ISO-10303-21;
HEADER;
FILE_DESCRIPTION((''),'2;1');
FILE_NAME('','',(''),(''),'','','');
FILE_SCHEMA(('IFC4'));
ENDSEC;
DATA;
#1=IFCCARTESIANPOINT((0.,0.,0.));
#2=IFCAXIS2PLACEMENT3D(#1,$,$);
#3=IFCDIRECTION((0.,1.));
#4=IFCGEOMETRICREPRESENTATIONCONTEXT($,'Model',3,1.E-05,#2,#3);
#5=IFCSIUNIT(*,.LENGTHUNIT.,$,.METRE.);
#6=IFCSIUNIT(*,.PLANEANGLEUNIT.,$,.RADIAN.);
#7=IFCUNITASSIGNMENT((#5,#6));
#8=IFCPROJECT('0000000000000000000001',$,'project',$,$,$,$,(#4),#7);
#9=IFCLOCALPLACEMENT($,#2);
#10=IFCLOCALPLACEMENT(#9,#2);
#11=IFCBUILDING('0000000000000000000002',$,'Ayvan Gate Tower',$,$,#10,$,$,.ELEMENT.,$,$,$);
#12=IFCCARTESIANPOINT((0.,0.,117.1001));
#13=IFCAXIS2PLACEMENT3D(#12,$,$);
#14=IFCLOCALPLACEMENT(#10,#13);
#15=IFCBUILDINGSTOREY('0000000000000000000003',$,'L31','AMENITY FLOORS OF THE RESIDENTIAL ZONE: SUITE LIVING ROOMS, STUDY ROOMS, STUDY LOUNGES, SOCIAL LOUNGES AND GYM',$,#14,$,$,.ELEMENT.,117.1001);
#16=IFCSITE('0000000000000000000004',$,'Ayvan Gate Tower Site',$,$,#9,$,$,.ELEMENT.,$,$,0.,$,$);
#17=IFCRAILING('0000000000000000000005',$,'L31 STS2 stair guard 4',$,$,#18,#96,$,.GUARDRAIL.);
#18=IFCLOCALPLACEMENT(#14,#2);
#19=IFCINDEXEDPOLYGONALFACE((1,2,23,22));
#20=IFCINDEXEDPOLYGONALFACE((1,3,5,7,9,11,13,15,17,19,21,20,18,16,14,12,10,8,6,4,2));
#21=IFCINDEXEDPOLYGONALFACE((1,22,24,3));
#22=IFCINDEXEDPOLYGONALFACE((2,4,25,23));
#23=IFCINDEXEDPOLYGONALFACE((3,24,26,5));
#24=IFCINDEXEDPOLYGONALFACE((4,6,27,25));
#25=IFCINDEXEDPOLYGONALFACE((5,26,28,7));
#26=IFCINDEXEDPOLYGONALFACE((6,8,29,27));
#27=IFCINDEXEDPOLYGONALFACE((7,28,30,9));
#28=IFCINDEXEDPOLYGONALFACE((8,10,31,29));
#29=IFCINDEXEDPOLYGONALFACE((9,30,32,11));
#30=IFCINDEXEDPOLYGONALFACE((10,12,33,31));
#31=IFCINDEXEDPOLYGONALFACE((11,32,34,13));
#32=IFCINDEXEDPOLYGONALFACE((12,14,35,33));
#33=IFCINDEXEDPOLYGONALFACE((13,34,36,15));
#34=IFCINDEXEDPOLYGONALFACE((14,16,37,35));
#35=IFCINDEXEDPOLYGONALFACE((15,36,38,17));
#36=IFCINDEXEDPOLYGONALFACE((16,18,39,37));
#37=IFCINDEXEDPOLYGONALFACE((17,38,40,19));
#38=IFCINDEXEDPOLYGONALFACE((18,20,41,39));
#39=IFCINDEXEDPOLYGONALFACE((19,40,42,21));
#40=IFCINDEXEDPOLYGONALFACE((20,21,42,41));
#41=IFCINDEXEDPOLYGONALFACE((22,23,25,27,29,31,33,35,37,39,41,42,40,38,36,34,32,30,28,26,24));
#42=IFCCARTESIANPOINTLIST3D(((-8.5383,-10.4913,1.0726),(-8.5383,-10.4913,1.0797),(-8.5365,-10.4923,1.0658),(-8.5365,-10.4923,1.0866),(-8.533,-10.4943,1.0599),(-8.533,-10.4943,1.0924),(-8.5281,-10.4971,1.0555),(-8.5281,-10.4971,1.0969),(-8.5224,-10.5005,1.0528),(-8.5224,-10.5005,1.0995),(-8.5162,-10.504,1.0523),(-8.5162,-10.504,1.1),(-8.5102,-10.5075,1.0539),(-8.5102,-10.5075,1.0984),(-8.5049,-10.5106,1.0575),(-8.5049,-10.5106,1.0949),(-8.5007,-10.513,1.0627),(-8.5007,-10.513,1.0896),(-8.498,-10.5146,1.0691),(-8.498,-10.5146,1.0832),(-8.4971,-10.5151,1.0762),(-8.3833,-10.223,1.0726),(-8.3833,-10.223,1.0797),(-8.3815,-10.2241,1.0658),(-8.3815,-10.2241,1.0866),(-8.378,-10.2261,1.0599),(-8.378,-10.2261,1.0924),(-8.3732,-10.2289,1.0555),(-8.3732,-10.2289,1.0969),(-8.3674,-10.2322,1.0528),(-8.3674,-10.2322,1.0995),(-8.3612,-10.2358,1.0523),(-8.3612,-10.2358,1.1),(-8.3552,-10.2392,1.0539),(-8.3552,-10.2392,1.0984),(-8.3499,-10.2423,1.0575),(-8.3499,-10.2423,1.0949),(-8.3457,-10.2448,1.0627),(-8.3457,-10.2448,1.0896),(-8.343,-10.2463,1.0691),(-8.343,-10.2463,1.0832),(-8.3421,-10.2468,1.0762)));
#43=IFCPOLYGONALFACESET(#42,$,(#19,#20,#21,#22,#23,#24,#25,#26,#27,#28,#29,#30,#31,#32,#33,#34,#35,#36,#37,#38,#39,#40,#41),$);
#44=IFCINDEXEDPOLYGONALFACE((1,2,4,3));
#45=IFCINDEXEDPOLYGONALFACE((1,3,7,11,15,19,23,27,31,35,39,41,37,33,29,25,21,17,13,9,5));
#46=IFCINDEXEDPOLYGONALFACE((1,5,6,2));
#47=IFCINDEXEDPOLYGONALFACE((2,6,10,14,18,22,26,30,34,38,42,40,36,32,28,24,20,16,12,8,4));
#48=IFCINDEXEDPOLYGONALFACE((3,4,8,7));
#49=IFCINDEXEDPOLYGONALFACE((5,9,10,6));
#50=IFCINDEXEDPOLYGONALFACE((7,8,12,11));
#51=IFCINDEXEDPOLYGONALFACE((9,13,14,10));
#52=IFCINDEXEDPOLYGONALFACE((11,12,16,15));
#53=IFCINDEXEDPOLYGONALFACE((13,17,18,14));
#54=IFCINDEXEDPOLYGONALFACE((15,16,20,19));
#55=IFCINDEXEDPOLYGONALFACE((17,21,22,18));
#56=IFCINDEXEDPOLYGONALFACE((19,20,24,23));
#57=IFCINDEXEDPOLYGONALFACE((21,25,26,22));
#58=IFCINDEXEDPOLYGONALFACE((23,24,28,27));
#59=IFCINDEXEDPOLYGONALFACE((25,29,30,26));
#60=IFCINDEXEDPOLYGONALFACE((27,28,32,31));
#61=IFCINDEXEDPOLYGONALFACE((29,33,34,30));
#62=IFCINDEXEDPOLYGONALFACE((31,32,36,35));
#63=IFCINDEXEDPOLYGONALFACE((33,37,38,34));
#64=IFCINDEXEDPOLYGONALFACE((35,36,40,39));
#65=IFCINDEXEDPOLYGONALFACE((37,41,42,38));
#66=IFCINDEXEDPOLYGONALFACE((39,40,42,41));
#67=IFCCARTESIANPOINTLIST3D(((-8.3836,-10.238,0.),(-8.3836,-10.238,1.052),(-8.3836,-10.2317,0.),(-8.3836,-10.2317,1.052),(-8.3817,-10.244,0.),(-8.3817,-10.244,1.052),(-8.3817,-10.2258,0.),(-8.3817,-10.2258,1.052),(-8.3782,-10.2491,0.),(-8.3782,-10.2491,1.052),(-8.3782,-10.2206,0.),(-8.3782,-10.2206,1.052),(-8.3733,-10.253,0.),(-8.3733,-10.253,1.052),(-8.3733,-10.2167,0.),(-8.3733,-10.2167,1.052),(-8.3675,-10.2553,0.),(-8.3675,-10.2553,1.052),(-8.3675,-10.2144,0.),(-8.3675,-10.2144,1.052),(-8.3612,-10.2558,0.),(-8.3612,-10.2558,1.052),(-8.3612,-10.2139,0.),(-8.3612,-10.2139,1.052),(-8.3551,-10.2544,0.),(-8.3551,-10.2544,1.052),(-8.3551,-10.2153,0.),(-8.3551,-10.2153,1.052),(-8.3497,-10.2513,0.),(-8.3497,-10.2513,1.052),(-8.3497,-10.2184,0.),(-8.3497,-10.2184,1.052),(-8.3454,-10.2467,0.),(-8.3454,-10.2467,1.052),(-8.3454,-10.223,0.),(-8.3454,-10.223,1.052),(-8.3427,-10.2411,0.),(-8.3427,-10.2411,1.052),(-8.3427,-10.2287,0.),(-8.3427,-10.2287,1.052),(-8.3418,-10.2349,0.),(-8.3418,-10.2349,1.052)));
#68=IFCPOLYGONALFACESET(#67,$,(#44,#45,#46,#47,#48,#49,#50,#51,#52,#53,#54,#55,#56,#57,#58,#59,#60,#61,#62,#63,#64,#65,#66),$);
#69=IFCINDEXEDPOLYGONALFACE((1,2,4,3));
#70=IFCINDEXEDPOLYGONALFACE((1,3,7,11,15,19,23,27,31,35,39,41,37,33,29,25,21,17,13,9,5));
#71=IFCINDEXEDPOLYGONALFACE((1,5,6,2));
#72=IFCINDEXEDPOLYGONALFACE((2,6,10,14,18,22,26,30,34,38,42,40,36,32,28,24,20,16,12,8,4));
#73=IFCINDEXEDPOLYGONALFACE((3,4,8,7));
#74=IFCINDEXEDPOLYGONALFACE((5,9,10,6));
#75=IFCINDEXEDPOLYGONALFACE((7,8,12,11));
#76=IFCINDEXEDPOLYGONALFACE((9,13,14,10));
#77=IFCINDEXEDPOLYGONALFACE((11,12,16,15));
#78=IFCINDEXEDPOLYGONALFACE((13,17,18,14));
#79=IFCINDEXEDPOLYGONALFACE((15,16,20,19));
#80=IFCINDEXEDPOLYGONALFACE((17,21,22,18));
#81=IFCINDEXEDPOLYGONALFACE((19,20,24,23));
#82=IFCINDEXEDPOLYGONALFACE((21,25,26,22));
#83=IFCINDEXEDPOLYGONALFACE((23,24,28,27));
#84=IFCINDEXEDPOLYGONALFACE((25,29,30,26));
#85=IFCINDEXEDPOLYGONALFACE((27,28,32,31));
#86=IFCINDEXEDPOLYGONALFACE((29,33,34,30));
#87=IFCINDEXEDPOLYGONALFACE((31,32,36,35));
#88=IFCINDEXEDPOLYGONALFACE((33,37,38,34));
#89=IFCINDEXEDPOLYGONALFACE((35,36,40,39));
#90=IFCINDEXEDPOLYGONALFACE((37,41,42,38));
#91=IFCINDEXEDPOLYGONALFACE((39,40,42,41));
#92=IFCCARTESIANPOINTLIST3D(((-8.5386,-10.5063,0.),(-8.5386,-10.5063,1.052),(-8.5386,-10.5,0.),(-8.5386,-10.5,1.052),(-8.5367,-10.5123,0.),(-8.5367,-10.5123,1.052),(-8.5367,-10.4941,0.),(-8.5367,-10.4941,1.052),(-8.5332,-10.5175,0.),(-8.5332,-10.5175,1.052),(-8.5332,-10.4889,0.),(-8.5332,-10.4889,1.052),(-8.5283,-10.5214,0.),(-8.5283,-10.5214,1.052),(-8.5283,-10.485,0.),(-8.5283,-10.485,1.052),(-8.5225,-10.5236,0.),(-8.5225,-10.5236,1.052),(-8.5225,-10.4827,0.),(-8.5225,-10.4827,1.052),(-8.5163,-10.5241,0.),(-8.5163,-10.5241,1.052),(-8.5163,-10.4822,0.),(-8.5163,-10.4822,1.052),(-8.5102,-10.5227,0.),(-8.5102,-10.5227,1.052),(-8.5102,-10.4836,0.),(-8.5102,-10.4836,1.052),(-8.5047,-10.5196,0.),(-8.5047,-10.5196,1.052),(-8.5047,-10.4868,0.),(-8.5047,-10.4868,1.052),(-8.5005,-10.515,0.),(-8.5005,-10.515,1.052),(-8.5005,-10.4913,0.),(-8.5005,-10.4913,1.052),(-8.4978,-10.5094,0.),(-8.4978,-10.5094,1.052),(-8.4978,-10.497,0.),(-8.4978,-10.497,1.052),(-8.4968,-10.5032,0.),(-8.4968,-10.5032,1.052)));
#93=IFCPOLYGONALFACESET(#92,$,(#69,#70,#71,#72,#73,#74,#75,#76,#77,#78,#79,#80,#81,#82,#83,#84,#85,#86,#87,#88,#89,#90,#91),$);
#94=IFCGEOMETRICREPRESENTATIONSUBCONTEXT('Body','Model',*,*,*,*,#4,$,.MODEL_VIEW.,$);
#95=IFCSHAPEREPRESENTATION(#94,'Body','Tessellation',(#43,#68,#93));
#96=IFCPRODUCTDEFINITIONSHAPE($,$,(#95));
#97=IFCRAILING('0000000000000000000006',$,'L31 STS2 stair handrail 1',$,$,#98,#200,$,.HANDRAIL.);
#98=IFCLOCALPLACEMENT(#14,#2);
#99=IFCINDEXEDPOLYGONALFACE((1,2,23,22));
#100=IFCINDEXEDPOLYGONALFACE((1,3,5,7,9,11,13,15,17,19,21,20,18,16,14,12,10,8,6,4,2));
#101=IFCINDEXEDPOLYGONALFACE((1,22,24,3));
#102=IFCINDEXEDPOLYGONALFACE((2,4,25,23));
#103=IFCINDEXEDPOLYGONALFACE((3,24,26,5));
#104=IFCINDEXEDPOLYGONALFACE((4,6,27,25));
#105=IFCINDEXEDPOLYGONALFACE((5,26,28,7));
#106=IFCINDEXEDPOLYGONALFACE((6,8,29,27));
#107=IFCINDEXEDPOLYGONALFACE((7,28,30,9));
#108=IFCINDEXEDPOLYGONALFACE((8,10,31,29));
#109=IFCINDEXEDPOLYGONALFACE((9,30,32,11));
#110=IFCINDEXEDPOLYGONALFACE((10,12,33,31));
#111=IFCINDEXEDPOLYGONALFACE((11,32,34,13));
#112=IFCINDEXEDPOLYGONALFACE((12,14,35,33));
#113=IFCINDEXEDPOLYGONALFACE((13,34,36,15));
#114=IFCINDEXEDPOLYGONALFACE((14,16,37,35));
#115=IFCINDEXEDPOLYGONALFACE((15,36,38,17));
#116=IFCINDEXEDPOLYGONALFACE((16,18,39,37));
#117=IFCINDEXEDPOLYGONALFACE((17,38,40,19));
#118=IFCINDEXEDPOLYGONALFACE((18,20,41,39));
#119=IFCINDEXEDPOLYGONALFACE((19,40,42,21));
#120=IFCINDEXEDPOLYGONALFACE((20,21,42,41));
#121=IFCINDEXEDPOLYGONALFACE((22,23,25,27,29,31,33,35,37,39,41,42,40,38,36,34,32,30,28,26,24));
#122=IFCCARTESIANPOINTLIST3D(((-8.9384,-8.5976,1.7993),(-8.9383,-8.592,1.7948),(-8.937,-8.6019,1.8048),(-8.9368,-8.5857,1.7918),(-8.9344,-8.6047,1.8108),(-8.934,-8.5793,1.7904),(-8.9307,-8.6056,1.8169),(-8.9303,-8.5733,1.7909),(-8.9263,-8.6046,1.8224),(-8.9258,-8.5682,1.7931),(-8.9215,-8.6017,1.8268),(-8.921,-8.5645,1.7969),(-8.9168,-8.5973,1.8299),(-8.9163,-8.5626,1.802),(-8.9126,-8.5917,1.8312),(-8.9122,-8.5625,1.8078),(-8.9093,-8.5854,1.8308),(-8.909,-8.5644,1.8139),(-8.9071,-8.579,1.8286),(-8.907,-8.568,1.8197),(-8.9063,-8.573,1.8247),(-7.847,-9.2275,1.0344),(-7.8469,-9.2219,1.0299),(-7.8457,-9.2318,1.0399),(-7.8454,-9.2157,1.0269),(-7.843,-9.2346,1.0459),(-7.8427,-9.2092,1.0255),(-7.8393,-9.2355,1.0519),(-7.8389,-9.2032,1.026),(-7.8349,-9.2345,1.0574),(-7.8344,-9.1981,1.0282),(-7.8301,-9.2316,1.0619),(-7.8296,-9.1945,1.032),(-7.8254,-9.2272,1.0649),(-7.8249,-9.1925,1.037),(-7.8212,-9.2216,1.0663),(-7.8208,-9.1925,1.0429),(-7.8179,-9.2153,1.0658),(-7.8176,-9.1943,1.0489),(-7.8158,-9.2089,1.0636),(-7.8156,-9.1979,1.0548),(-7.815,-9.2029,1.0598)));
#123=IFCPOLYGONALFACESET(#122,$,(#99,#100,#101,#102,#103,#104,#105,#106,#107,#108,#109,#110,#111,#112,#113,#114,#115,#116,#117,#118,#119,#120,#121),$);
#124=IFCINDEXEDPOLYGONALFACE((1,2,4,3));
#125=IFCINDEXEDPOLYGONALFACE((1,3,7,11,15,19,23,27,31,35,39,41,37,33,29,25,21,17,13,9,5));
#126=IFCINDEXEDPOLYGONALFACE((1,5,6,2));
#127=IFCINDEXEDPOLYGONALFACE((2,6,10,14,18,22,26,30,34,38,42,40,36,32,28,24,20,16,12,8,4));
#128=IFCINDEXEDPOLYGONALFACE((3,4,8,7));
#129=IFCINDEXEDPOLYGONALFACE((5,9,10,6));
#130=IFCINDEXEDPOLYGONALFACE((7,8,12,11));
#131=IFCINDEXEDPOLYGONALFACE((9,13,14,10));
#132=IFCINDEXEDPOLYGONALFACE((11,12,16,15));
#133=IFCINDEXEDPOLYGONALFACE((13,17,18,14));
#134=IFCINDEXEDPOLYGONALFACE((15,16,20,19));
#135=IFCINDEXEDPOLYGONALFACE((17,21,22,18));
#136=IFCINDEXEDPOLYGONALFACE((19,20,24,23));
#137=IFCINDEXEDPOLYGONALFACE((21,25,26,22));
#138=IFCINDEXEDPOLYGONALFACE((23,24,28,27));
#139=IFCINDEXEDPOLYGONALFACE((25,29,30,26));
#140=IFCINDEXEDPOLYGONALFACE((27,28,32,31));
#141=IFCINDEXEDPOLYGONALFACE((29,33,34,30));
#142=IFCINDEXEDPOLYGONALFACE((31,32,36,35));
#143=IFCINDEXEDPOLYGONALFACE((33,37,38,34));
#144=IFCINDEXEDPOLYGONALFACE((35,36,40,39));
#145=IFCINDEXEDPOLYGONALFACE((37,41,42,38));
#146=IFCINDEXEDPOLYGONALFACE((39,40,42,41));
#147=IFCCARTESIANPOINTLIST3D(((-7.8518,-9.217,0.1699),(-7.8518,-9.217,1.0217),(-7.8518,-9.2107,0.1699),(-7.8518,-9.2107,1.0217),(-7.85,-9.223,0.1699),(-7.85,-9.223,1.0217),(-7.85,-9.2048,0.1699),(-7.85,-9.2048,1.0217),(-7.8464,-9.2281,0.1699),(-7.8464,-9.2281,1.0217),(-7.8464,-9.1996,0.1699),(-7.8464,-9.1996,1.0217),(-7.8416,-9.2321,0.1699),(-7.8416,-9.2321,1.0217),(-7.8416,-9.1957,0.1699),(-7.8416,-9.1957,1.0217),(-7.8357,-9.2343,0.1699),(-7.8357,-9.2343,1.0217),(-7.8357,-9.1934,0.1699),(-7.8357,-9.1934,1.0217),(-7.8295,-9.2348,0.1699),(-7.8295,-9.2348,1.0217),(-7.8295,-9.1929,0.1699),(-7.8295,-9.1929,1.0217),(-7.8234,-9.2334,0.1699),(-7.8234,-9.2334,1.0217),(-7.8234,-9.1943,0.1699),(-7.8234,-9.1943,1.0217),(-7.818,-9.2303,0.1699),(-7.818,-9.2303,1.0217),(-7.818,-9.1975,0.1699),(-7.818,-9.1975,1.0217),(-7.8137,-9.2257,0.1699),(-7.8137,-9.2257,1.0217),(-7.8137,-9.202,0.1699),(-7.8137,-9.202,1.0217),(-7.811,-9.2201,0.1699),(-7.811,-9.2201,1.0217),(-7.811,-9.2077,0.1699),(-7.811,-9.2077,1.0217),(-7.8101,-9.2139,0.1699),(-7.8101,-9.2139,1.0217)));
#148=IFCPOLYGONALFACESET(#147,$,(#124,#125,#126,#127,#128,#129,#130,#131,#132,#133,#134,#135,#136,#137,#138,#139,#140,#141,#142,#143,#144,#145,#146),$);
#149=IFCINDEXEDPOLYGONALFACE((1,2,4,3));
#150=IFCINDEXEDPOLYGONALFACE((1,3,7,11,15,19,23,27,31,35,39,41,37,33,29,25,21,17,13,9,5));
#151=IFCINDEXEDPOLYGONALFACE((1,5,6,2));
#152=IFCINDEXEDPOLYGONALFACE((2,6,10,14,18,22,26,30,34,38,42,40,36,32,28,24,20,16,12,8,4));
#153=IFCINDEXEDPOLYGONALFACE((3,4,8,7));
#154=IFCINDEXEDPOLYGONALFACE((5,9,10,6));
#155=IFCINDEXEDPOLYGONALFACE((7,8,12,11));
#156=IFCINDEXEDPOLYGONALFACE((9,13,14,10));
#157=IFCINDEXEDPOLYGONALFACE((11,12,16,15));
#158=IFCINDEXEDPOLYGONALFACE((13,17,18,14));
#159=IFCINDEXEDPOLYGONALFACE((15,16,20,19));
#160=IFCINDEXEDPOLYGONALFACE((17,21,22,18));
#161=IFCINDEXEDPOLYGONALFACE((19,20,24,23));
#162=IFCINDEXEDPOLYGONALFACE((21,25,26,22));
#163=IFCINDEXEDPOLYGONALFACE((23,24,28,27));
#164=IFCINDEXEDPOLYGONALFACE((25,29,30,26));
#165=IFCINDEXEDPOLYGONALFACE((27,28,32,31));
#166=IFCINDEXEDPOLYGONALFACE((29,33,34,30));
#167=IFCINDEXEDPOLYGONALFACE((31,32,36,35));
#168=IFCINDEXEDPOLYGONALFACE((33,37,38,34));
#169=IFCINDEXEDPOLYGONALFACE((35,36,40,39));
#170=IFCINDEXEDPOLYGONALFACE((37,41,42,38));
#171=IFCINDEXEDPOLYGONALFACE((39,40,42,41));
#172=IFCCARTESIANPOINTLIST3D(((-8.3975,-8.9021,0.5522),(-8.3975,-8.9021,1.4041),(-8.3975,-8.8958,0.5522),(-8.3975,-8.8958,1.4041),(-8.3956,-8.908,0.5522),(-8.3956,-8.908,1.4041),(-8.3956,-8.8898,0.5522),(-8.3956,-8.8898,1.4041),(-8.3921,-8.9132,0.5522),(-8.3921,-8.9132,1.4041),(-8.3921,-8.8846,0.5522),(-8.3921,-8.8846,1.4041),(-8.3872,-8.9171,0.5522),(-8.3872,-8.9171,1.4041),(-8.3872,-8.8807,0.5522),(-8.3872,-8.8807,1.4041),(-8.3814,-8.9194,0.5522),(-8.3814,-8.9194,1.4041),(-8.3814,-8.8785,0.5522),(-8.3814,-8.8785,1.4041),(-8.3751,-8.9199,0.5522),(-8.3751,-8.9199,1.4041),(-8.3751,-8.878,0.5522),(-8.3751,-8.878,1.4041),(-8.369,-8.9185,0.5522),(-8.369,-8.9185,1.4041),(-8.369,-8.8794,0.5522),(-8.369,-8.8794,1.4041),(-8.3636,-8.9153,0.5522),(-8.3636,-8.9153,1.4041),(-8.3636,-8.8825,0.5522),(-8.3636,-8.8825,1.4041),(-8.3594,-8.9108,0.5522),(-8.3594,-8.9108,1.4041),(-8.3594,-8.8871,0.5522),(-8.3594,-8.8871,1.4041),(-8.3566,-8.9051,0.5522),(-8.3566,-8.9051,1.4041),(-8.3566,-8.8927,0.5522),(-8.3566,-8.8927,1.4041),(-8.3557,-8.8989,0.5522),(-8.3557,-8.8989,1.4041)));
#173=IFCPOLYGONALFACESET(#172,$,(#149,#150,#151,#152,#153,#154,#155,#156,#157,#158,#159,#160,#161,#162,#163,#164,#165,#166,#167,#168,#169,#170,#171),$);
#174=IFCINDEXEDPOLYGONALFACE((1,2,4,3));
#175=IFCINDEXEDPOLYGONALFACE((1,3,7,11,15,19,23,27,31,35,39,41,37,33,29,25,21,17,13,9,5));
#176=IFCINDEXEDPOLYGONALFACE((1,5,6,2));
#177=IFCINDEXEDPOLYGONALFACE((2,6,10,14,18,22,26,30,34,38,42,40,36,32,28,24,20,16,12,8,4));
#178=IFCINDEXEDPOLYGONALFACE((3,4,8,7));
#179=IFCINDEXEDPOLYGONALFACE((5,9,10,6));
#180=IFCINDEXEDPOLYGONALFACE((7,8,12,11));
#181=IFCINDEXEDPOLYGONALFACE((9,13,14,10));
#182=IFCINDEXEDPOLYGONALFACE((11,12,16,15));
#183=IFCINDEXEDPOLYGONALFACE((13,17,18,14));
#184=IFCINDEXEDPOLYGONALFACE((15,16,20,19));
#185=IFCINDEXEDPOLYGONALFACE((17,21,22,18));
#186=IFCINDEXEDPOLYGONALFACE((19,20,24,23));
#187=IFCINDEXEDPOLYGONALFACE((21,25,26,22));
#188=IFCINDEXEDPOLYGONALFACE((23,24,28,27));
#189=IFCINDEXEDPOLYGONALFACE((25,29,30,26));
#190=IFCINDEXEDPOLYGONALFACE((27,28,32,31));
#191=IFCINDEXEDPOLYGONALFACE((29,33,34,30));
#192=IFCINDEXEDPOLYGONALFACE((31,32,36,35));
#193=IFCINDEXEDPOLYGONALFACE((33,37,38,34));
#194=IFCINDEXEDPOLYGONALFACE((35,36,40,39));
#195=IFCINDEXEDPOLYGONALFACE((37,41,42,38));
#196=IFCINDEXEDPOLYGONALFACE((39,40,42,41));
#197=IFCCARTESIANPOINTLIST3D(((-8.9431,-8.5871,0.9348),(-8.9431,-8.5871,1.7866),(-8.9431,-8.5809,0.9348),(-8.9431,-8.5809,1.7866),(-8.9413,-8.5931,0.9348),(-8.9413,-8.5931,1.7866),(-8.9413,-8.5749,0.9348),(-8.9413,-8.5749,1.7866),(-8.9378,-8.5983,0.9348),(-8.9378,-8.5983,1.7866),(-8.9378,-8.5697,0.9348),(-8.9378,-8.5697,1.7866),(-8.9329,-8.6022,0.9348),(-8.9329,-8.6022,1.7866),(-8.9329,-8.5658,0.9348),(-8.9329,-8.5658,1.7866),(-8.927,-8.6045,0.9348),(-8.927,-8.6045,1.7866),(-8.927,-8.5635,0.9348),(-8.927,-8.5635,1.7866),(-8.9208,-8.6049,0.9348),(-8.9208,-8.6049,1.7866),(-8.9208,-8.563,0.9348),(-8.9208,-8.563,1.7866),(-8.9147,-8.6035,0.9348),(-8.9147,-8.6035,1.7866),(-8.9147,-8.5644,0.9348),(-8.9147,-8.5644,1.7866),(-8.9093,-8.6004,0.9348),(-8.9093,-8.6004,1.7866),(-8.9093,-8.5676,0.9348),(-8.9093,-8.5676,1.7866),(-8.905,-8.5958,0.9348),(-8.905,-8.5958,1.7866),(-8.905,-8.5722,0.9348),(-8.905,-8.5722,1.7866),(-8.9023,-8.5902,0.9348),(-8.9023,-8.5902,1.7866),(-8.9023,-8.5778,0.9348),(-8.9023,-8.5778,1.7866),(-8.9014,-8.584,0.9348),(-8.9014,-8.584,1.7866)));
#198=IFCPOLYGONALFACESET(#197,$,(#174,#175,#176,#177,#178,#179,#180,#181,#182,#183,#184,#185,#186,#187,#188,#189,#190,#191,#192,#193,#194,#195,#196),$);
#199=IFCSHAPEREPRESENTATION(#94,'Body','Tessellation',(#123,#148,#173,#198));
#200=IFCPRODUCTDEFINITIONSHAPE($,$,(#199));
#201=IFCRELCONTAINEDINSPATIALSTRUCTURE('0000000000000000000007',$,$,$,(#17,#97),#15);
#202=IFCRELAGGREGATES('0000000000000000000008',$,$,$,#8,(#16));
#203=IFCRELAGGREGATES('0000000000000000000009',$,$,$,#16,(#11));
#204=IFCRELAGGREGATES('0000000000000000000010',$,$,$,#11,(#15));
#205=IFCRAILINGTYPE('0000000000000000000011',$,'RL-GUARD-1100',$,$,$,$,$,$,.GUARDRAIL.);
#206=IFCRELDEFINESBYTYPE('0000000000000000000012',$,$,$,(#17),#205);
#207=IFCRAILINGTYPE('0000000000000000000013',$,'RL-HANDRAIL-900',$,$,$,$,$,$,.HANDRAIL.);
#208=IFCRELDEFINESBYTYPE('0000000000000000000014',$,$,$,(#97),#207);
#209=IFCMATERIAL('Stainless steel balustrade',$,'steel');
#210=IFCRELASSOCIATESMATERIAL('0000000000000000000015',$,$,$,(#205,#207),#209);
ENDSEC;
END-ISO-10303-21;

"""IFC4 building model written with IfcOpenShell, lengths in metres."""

from ifc_helpers import new_model, si_unit, direction, frame, origin, origin_2d, place, context, subcontext, project, spatial, circle, extrude, material, type_object, element, save


model = new_model("IFC4")

# Units and contexts
model_context = context("Model", 3, precision=1e-05, world=origin(), true_north=direction((0.0, 1.0)))
body_context = subcontext(model_context, "Body", "Model", "MODEL_VIEW")
ifc_project = project(units=[si_unit("LENGTHUNIT", "METRE"), si_unit("PLANEANGLEUNIT", "RADIAN")], contexts=[model_context])

# Site, building, storey
site_placement = place(None, origin())
site = spatial("IfcSite", under=ifc_project, at=site_placement, Name="Ayvan Gate Tower Site", CompositionType="ELEMENT", RefElevation=0.0)
building_placement = place(site_placement, origin())
building = spatial("IfcBuilding", under=site, at=building_placement, Name="Ayvan Gate Tower", CompositionType="ELEMENT")
storey_placement = place(building_placement, frame((0.0, 0.0, 117.1001)))
storey = spatial("IfcBuildingStorey", under=building, at=storey_placement, Name="L31", Description="AMENITY FLOORS OF THE RESIDENTIAL ZONE: SUITE LIVING ROOMS, STUDY ROOMS, STUDY LOUNGES, SOCIAL LOUNGES AND GYM", CompositionType="ELEMENT", Elevation=117.1001)

# Railings
ifc_material_1 = material(Name="Stainless steel balustrade", Category="steel")
railing_type_1 = type_object("IfcRailingType", Name="RL-GUARD-1100", PredefinedType="GUARDRAIL", material=ifc_material_1)
railing_1_placement = place(storey_placement, frame((-8.3628, -10.2349, 0.0)))
element("IfcRailing", 1, at=railing_1_placement, inside=storey, type_object=railing_type_1, Name="L31 STS2 stair guard 4", PredefinedType="GUARDRAIL", context=body_context, shape_type="SweptSolid", body=[
    extrude(circle(Radius=0.0239, at=origin_2d()), frame((0.0, 0.0, 1.0762), z_axis=(-0.500291, -0.865857, 0.0), x_axis=(0.865857, -0.500291, 0.0)), (0.0, 0.0, 1.0), 0.3098),
    extrude(circle(Radius=0.021, at=origin_2d()), origin(), (0.0, 0.0, 1.0), 1.052),
    extrude(circle(Radius=0.021, at=origin_2d()), frame((-0.155, -0.2683, 0.0)), (0.0, 0.0, 1.0), 1.052),
])
railing_type_2 = type_object("IfcRailingType", Name="RL-HANDRAIL-900", PredefinedType="HANDRAIL", material=ifc_material_1)
railing_2_placement = place(storey_placement, frame((-7.8311, -9.2139, 0.1699)))
element("IfcRailing", 2, at=railing_2_placement, inside=storey, type_object=railing_type_2, Name="L31 STS2 stair handrail 1", PredefinedType="HANDRAIL", context=body_context, shape_type="SweptSolid", body=[
    extrude(circle(Radius=0.0239, at=origin_2d()), frame((0.0, 0.0, 0.876), z_axis=(-0.740357, 0.42732, 0.518912), x_axis=(-0.49989, -0.866089, 0.0)), (0.0, 0.0, 1.0), 1.4741),
    extrude(circle(Radius=0.021, at=origin_2d()), origin(), (0.0, 0.0, 1.0), 0.8518),
    extrude(circle(Radius=0.021, at=origin_2d()), frame((-0.5457, 0.3149, 0.3823)), (0.0, 0.0, 1.0), 0.8518),
    extrude(circle(Radius=0.021, at=origin_2d()), frame((-1.0913, 0.6299, 0.7649)), (0.0, 0.0, 1.0), 0.8518),
])

save(model, "model.ifc")
